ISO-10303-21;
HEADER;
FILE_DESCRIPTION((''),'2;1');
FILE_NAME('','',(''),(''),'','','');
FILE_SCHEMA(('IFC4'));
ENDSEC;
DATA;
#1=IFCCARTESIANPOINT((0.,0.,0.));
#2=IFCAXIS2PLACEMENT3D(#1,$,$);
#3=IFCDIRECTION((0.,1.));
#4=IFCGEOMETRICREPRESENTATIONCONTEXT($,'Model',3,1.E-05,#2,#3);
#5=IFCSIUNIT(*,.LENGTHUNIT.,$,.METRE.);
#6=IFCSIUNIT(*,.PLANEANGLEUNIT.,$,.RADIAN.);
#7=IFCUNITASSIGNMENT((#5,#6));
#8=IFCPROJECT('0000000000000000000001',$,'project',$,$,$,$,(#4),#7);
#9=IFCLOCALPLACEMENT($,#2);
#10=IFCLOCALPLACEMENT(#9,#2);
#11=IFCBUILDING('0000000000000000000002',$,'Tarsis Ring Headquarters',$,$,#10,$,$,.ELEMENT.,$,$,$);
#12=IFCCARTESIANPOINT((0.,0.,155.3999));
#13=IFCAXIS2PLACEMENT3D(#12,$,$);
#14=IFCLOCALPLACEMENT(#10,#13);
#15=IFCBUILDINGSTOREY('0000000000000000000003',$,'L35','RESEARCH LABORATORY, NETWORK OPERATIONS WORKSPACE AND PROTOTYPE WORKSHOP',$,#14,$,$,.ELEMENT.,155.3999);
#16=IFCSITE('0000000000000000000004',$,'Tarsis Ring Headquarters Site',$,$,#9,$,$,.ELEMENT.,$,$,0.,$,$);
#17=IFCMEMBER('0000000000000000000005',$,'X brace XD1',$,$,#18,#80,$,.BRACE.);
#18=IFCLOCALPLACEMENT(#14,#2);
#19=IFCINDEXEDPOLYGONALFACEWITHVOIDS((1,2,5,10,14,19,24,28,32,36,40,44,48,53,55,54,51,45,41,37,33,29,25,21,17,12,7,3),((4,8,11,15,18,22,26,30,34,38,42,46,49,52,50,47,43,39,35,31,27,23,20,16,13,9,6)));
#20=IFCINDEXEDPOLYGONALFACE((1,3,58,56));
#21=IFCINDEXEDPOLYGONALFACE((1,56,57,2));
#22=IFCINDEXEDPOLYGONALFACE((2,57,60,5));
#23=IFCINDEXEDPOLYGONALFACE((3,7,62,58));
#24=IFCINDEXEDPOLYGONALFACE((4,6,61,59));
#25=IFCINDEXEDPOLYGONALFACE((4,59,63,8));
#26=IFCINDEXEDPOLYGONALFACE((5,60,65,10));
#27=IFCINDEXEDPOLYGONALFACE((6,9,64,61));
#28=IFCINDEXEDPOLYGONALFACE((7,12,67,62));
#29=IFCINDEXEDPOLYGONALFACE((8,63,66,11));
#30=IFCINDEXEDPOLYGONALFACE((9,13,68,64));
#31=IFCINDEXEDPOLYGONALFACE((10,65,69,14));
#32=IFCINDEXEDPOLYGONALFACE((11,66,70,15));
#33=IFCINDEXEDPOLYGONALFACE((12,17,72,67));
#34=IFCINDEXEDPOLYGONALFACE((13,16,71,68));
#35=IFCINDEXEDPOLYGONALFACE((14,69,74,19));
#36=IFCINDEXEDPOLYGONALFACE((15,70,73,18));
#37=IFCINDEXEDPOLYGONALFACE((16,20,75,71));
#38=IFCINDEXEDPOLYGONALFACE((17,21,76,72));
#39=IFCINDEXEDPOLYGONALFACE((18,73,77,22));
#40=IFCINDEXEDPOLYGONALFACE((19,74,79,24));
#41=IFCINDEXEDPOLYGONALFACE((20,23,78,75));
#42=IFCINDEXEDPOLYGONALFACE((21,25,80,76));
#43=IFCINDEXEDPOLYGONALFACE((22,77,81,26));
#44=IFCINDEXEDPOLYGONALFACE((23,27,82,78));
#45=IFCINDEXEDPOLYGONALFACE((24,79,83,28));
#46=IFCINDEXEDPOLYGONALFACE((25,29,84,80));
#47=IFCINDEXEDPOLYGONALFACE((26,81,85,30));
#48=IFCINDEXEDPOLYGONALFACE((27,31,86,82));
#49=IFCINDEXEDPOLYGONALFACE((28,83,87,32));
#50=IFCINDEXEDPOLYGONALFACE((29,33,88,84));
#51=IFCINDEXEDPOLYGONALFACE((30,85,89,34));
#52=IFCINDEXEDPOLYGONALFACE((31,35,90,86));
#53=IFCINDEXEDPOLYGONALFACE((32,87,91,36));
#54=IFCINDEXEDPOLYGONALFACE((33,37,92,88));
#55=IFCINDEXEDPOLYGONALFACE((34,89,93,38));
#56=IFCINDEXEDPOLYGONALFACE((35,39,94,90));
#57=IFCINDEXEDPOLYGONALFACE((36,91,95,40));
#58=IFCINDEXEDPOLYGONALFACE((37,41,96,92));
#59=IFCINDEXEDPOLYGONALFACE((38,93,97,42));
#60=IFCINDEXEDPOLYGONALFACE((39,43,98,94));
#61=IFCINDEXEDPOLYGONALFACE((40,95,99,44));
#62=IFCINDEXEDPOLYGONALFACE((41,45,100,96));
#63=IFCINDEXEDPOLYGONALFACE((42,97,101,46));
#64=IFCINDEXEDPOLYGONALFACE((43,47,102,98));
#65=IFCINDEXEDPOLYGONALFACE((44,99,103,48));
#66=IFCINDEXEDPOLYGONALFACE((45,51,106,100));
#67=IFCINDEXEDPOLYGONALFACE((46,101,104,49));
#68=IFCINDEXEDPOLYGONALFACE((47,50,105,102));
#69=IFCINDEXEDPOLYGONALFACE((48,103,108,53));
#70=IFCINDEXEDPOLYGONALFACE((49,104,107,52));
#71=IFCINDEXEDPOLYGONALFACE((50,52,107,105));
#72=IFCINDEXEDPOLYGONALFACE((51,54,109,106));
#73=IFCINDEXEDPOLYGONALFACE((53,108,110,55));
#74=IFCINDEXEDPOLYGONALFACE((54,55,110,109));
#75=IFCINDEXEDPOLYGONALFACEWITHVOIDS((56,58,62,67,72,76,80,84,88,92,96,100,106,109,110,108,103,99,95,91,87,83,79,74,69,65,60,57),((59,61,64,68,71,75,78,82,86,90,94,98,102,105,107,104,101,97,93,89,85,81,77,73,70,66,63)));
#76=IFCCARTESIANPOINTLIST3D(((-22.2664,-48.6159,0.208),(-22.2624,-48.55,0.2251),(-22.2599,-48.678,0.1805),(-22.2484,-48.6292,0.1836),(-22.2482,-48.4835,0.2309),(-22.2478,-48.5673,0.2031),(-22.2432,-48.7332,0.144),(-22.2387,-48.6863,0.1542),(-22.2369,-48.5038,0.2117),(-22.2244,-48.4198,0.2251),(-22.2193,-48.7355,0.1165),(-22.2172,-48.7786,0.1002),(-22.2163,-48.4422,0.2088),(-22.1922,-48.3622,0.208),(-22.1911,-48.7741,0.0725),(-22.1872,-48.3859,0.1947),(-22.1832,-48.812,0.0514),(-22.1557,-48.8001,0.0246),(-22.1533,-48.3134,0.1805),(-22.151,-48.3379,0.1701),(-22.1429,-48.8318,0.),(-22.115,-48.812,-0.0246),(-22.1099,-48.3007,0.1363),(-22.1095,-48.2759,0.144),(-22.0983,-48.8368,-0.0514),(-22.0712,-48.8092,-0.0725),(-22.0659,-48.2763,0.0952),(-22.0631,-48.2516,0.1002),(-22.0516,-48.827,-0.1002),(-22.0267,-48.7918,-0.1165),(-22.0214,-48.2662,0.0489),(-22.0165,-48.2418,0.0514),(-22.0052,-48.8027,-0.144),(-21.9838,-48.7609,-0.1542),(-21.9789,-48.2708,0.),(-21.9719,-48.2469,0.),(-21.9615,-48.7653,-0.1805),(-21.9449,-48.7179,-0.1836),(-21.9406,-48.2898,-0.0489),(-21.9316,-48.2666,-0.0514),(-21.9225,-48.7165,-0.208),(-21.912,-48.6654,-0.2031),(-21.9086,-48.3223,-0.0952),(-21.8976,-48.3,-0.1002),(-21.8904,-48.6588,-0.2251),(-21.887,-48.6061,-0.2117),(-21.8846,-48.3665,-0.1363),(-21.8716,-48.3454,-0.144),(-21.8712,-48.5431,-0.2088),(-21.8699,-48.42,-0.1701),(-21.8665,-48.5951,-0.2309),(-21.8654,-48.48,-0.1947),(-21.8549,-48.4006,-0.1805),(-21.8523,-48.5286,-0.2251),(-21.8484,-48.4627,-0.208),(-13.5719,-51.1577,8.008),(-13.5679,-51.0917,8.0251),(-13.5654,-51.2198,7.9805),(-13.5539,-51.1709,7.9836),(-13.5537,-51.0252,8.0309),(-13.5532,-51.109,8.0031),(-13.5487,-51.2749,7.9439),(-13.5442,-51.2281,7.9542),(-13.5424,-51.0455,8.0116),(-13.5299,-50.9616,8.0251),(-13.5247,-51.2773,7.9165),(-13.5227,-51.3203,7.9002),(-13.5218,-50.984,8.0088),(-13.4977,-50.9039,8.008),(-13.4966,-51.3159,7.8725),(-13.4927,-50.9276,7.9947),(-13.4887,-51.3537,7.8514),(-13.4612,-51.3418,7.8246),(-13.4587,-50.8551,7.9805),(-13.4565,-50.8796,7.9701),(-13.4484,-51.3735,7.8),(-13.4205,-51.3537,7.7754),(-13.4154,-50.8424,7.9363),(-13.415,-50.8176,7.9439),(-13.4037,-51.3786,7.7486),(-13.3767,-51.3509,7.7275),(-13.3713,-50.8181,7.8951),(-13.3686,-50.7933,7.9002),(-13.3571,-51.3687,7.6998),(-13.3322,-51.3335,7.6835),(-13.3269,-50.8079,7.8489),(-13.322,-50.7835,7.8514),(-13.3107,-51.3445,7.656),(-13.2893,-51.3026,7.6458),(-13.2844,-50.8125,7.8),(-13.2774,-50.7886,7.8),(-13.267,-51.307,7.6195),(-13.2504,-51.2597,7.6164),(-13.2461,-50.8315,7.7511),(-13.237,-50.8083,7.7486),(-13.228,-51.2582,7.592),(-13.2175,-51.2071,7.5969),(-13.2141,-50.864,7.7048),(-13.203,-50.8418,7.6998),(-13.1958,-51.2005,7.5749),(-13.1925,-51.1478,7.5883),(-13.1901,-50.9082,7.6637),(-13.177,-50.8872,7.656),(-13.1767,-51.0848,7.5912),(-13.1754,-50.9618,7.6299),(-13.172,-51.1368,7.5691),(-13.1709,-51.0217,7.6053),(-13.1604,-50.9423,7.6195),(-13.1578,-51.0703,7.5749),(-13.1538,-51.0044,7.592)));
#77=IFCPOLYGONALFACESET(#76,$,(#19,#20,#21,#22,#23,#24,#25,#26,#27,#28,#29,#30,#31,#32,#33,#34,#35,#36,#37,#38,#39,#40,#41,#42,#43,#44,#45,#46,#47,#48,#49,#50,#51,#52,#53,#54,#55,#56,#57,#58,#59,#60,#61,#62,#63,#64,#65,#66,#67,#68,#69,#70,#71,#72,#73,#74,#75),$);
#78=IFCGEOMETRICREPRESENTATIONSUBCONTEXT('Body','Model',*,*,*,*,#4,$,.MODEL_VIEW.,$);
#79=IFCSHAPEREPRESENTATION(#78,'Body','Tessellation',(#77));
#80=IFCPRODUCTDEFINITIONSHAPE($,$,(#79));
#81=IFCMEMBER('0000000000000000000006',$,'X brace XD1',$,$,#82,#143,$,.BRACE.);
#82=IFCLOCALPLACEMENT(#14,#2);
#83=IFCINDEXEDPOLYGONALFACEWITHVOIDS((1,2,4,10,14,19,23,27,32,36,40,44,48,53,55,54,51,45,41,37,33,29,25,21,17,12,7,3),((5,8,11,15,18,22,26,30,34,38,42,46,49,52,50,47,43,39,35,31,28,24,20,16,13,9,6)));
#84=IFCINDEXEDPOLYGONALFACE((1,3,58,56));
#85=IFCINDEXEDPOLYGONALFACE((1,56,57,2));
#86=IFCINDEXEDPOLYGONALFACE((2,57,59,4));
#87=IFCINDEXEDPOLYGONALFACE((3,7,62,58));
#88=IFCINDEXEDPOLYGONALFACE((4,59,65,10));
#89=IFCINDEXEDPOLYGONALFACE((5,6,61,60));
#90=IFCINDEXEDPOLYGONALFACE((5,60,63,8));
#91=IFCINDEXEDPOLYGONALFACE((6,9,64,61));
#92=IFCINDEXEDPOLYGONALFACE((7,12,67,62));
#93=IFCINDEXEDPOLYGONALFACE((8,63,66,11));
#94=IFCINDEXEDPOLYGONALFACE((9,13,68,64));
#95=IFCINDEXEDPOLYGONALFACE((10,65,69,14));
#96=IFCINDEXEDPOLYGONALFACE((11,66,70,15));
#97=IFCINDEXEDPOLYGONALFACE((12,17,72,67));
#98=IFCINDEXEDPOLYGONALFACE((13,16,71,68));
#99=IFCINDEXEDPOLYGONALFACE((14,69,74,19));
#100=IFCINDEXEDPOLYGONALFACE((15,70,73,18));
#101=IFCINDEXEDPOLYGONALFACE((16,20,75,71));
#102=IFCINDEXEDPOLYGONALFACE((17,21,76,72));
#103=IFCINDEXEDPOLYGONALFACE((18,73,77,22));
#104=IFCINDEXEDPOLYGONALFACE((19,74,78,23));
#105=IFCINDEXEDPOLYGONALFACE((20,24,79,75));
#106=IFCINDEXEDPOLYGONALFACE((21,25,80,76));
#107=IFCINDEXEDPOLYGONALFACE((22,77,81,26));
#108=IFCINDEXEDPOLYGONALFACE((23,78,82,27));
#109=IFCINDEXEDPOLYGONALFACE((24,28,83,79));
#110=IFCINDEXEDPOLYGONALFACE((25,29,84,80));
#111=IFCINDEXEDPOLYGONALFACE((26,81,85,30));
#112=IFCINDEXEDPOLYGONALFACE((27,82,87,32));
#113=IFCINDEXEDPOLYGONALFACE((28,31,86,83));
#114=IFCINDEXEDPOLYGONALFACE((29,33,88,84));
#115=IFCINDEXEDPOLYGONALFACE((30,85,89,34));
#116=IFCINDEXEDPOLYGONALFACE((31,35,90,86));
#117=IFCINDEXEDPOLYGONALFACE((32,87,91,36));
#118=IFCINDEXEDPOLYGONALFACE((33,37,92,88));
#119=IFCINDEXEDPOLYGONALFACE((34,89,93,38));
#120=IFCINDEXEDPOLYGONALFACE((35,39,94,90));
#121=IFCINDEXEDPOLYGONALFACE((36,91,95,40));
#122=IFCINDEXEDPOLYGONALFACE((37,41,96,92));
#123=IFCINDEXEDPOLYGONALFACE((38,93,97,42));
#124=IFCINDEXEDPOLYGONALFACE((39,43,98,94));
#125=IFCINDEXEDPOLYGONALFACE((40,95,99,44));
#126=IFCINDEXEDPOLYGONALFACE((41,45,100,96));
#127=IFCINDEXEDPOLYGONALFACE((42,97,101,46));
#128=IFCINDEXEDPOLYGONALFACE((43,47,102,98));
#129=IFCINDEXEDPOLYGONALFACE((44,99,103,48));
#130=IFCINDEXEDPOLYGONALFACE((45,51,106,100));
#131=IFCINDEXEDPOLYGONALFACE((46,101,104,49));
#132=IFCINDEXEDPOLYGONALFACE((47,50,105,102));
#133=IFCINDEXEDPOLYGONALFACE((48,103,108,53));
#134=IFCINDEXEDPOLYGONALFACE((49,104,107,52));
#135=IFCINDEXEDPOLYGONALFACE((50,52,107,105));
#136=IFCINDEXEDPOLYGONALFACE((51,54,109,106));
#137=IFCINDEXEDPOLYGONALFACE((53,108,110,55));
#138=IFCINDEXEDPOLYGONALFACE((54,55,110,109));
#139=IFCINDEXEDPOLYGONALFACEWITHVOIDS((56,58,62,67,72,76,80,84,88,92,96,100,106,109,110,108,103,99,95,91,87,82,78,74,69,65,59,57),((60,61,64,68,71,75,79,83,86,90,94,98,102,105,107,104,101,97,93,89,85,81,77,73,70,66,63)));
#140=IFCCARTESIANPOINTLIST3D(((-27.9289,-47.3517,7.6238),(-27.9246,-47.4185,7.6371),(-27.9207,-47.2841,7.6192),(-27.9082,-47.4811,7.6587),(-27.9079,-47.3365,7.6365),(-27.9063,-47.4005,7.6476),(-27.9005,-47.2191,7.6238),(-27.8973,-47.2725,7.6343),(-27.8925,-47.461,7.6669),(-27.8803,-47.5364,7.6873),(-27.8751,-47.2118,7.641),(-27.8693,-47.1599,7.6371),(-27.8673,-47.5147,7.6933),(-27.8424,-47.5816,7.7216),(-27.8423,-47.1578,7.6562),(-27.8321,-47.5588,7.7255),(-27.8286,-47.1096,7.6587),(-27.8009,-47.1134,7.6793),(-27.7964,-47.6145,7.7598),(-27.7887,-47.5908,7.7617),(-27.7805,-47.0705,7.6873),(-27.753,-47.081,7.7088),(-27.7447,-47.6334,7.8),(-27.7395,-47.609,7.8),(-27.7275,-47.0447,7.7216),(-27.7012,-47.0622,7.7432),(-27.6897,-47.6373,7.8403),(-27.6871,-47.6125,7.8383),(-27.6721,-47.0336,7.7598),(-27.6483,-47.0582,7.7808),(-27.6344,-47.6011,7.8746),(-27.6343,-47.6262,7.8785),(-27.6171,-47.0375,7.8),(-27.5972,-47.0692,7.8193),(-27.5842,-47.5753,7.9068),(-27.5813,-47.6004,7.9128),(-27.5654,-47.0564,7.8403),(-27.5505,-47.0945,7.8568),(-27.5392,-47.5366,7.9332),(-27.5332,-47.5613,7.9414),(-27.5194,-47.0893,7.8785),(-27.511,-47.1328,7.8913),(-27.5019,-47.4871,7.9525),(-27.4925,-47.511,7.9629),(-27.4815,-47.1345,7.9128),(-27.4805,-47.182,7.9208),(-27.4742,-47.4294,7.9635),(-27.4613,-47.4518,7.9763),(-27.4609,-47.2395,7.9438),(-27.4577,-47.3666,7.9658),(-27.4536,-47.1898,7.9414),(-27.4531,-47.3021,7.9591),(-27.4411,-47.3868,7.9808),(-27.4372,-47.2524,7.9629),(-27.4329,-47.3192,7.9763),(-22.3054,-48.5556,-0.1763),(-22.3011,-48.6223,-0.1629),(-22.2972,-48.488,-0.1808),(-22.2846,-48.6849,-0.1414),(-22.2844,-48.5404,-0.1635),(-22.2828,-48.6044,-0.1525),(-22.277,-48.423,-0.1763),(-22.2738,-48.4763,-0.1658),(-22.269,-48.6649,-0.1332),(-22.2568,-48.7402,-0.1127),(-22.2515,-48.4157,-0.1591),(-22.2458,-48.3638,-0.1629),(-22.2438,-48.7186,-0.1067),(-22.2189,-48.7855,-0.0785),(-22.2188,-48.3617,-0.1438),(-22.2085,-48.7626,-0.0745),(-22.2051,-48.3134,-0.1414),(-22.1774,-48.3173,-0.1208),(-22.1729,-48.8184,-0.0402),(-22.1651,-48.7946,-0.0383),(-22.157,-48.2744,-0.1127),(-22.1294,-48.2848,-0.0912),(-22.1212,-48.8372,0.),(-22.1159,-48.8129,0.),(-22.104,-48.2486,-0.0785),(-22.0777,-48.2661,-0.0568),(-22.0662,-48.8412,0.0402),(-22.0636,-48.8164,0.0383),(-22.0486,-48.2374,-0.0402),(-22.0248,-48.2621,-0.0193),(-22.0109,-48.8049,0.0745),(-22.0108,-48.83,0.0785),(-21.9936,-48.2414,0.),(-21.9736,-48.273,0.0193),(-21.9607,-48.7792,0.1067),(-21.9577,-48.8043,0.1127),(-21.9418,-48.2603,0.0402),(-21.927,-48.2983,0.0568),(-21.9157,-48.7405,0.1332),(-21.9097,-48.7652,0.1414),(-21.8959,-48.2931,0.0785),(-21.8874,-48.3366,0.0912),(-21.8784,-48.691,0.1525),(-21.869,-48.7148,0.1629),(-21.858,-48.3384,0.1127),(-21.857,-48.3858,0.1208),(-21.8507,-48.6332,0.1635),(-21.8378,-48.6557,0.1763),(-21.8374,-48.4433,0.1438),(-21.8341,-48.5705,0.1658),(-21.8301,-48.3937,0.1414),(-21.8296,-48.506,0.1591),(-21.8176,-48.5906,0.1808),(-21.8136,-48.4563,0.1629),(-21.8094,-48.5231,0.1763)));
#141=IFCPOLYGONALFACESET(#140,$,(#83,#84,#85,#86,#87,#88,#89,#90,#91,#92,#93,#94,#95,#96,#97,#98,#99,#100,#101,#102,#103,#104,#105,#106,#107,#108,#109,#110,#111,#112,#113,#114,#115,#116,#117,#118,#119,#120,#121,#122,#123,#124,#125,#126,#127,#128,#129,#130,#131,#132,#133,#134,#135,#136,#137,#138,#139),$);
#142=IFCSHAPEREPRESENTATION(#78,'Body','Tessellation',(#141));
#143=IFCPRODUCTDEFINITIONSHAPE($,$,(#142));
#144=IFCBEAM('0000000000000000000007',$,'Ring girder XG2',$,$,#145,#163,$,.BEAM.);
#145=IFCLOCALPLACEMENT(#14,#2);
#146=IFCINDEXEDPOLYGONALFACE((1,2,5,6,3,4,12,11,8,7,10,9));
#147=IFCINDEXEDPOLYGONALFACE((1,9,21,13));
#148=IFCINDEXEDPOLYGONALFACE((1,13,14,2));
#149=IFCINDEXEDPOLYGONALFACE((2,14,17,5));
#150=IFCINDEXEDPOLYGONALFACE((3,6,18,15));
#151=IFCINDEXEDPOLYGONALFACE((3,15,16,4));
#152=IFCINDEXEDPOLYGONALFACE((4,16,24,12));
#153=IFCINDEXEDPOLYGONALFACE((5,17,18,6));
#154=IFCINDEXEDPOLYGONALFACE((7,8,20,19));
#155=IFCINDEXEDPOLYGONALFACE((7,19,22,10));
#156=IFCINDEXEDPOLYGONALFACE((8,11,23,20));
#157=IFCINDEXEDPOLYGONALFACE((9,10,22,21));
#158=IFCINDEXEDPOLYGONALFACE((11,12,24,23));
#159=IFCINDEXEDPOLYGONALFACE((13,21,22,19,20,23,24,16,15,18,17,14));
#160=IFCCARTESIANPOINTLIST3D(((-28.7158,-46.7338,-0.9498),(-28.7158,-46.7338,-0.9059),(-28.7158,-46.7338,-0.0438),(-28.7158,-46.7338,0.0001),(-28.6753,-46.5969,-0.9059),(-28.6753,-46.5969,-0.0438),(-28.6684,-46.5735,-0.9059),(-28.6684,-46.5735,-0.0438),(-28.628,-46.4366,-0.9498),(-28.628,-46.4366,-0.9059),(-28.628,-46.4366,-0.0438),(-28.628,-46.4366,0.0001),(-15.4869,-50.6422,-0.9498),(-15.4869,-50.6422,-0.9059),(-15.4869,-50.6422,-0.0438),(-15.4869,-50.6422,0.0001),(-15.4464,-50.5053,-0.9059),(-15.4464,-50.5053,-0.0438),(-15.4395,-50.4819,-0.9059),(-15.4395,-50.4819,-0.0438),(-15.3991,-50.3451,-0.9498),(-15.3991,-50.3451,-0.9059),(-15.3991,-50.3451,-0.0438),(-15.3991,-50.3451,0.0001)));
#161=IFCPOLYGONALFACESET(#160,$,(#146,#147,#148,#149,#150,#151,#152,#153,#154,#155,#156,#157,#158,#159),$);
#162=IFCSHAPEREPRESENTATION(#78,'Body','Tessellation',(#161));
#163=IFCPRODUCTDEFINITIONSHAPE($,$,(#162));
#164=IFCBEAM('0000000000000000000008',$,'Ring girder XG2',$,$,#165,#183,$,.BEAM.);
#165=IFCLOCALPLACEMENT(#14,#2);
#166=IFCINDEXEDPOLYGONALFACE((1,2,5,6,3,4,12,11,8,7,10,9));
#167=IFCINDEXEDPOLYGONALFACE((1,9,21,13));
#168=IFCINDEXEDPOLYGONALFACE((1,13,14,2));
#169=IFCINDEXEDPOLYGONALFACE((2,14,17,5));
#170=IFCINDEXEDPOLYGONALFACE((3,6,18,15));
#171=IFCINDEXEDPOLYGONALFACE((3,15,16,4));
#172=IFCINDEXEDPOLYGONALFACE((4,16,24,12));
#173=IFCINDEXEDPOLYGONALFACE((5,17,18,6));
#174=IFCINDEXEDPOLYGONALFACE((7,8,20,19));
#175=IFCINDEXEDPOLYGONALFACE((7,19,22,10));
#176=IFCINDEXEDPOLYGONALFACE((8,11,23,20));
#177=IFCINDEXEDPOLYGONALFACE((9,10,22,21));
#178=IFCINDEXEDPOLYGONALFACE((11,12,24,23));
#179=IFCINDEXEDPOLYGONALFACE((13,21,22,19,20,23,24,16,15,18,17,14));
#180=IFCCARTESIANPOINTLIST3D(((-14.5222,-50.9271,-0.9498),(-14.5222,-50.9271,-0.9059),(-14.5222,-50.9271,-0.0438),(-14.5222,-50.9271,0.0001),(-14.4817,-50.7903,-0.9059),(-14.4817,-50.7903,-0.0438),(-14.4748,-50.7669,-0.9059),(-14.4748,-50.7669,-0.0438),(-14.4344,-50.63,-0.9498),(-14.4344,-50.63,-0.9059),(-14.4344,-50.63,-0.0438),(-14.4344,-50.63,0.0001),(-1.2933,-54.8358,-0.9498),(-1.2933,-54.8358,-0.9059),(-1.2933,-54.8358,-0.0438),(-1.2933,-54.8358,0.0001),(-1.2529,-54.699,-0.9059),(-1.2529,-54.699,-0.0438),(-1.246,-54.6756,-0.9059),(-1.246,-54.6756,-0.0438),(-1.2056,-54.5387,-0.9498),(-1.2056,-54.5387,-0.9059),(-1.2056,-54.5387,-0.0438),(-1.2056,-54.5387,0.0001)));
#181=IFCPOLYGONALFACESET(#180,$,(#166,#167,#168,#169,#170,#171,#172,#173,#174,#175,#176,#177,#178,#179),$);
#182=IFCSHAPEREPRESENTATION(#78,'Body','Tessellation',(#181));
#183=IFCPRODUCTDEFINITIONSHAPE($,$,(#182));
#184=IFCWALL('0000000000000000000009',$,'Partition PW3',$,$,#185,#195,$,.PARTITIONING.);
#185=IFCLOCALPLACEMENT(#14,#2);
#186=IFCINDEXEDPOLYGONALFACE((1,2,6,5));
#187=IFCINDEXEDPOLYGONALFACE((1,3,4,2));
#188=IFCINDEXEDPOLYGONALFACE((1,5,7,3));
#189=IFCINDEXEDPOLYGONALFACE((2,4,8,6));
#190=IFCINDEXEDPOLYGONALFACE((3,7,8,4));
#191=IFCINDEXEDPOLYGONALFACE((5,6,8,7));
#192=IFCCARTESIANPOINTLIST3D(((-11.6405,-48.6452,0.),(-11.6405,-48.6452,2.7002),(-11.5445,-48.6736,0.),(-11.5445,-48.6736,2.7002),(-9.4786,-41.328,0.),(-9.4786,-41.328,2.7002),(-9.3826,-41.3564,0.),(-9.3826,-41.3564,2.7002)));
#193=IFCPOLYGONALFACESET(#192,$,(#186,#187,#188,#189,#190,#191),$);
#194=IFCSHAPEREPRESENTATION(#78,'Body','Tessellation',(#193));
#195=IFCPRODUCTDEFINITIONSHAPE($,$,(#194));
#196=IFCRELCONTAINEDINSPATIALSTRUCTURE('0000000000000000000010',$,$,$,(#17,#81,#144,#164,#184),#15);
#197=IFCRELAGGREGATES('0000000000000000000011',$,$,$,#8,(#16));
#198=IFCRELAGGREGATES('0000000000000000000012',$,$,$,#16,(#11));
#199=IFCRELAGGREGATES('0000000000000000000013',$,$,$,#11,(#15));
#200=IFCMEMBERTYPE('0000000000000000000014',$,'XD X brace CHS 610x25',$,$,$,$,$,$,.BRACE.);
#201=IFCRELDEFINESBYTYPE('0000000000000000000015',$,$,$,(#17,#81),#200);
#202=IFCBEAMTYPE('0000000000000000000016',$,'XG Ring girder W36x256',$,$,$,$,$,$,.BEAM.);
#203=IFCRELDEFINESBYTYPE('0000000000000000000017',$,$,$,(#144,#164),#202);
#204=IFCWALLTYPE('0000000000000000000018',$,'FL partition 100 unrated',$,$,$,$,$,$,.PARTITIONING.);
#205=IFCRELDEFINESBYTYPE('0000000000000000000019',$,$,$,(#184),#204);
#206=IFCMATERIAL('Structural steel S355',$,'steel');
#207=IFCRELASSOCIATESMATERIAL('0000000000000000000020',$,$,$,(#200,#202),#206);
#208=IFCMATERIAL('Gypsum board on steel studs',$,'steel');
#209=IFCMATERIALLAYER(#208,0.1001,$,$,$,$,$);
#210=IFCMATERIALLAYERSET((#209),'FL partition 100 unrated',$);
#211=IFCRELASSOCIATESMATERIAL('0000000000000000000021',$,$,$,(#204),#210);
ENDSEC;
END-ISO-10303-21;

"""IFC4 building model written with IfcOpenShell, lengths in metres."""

from ifc_helpers import new_model, si_unit, direction, frame, frame_2d, origin, origin_2d, place, context, subcontext, project, spatial, rectangle, hollow_circle, i_section, extrude, material, layer, layer_set, material_profile, profile_set, type_object, element, save


model = new_model("IFC4")

# Units and contexts
model_context = context("Model", 3, precision=1e-05, world=origin(), true_north=direction((0.0, 1.0)))
body_context = subcontext(model_context, "Body", "Model", "MODEL_VIEW")
ifc_project = project(units=[si_unit("LENGTHUNIT", "METRE"), si_unit("PLANEANGLEUNIT", "RADIAN")], contexts=[model_context])

# Site, building, storey
site_placement = place(None, origin())
site = spatial("IfcSite", under=ifc_project, at=site_placement, Name="Tarsis Ring Headquarters Site", CompositionType="ELEMENT", RefElevation=0.0)
building_placement = place(site_placement, origin())
building = spatial("IfcBuilding", under=site, at=building_placement, Name="Tarsis Ring Headquarters", CompositionType="ELEMENT")
storey_placement = place(building_placement, frame((0.0, 0.0, 155.3999)))
storey = spatial("IfcBuildingStorey", under=building, at=storey_placement, Name="L35", Description="RESEARCH LABORATORY, NETWORK OPERATIONS WORKSPACE AND PROTOTYPE WORKSHOP", CompositionType="ELEMENT", Elevation=155.3999)

# Shared definitions
ifc_material_1 = material(Name="Structural steel S355", Category="steel")

# Shared definitions
ifc_material_profile_1 = material_profile(ifc_material_1, i_section(OverallWidth=0.3098, OverallDepth=0.95, WebThickness=0.0244, FlangeThickness=0.0439, at=origin_2d()), Name="W36x256")
ifc_profile_set_1 = profile_set([ifc_material_profile_1], Name="Structural steel S355")

# Members
ifc_material_profile_2 = material_profile(ifc_material_1, hollow_circle(Radius=0.3047, WallThickness=0.0249, at=origin_2d()), Name="CHS 610x25")
ifc_profile_set_2 = profile_set([ifc_material_profile_2], Name="Structural steel S355")
member_type = type_object("IfcMemberType", Name="XD X brace CHS 610x25", PredefinedType="BRACE", material=ifc_profile_set_2)
member_1_placement = place(storey_placement, frame((-22.0574, -48.5393, 0.0), z_axis=(0.727339, -0.212628, 0.652508), x_axis=(0.280593, 0.959827, 0.0)))
element("IfcMember", 1, at=member_1_placement, inside=storey, type_object=member_type, Name="X brace XD1", PredefinedType="BRACE", context=body_context, shape_type="SweptSolid", body=[
    extrude(hollow_circle(Radius=0.3047, WallThickness=0.0249, at=origin_2d()), origin(), (0.0, 0.0, 1.0), 11.9539),
])
member_2_placement = place(storey_placement, frame((-22.0574, -48.5393, 0.0), z_axis=(-0.580288, 0.124225, 0.804881), x_axis=(-0.209332, -0.977845, 0.0)))
element("IfcMember", 2, at=member_2_placement, inside=storey, type_object=member_type, Name="X brace XD1", PredefinedType="BRACE", context=body_context, shape_type="SweptSolid", body=[
    extrude(hollow_circle(Radius=0.3047, WallThickness=0.0249, at=origin_2d()), origin(), (0.0, 0.0, 1.0), 9.6909),
])

# Beams
beam_type_1 = type_object("IfcBeamType", Name="XG Ring girder W36x256", PredefinedType="BEAM", material=ifc_profile_set_1)
for number, where, z_axis, x_axis, name in (
    (3, (-28.6719, -46.5852, -0.4749), (0.95902, -0.283338, 0.0), (0.283338, 0.95902, 0.0), "Ring girder XG2"),
    (4, (-14.4783, -50.7786, -0.4749), (0.959014, -0.283359, 0.0), (0.283359, 0.959014, 0.0), "Ring girder XG2"),
):
    element("IfcBeam", number, at=place(storey_placement, frame(where, z_axis=z_axis, x_axis=x_axis)), inside=storey, type_object=beam_type_1, Name=name, PredefinedType="BEAM", context=body_context, shape_type="SweptSolid", body=[
        extrude(i_section(OverallWidth=0.3098, OverallDepth=0.95, WebThickness=0.0244, FlangeThickness=0.0439, at=origin_2d()), origin(), (0.0, 0.0, 1.0), 13.7942),
    ])

# Wall
ifc_material_2 = material(Name="Gypsum board on steel studs", Category="steel")
ifc_layer_1 = layer(ifc_material_2, 0.1001)
ifc_layer_set_1 = layer_set([ifc_layer_1], Name="FL partition 100 unrated")
wall_type_1 = type_object("IfcWallType", Name="FL partition 100 unrated", PredefinedType="PARTITIONING", material=ifc_layer_set_1)
wall_1_placement = place(storey_placement, frame((-11.5925, -48.6594, 0.0), z_axis=(0.0, 0.0, 1.0), x_axis=(0.283344, 0.959018, 0.0)))
element("IfcWall", 5, at=wall_1_placement, inside=storey, type_object=wall_type_1, Name="Partition PW3", PredefinedType="PARTITIONING", context=body_context, shape_type="SweptSolid", body=[
    extrude(rectangle(XDim=7.6299, YDim=0.1001, at=frame_2d((3.8149, 0.0))), origin(), (0.0, 0.0, 1.0), 2.7002),
])

save(model, "model.ifc")
